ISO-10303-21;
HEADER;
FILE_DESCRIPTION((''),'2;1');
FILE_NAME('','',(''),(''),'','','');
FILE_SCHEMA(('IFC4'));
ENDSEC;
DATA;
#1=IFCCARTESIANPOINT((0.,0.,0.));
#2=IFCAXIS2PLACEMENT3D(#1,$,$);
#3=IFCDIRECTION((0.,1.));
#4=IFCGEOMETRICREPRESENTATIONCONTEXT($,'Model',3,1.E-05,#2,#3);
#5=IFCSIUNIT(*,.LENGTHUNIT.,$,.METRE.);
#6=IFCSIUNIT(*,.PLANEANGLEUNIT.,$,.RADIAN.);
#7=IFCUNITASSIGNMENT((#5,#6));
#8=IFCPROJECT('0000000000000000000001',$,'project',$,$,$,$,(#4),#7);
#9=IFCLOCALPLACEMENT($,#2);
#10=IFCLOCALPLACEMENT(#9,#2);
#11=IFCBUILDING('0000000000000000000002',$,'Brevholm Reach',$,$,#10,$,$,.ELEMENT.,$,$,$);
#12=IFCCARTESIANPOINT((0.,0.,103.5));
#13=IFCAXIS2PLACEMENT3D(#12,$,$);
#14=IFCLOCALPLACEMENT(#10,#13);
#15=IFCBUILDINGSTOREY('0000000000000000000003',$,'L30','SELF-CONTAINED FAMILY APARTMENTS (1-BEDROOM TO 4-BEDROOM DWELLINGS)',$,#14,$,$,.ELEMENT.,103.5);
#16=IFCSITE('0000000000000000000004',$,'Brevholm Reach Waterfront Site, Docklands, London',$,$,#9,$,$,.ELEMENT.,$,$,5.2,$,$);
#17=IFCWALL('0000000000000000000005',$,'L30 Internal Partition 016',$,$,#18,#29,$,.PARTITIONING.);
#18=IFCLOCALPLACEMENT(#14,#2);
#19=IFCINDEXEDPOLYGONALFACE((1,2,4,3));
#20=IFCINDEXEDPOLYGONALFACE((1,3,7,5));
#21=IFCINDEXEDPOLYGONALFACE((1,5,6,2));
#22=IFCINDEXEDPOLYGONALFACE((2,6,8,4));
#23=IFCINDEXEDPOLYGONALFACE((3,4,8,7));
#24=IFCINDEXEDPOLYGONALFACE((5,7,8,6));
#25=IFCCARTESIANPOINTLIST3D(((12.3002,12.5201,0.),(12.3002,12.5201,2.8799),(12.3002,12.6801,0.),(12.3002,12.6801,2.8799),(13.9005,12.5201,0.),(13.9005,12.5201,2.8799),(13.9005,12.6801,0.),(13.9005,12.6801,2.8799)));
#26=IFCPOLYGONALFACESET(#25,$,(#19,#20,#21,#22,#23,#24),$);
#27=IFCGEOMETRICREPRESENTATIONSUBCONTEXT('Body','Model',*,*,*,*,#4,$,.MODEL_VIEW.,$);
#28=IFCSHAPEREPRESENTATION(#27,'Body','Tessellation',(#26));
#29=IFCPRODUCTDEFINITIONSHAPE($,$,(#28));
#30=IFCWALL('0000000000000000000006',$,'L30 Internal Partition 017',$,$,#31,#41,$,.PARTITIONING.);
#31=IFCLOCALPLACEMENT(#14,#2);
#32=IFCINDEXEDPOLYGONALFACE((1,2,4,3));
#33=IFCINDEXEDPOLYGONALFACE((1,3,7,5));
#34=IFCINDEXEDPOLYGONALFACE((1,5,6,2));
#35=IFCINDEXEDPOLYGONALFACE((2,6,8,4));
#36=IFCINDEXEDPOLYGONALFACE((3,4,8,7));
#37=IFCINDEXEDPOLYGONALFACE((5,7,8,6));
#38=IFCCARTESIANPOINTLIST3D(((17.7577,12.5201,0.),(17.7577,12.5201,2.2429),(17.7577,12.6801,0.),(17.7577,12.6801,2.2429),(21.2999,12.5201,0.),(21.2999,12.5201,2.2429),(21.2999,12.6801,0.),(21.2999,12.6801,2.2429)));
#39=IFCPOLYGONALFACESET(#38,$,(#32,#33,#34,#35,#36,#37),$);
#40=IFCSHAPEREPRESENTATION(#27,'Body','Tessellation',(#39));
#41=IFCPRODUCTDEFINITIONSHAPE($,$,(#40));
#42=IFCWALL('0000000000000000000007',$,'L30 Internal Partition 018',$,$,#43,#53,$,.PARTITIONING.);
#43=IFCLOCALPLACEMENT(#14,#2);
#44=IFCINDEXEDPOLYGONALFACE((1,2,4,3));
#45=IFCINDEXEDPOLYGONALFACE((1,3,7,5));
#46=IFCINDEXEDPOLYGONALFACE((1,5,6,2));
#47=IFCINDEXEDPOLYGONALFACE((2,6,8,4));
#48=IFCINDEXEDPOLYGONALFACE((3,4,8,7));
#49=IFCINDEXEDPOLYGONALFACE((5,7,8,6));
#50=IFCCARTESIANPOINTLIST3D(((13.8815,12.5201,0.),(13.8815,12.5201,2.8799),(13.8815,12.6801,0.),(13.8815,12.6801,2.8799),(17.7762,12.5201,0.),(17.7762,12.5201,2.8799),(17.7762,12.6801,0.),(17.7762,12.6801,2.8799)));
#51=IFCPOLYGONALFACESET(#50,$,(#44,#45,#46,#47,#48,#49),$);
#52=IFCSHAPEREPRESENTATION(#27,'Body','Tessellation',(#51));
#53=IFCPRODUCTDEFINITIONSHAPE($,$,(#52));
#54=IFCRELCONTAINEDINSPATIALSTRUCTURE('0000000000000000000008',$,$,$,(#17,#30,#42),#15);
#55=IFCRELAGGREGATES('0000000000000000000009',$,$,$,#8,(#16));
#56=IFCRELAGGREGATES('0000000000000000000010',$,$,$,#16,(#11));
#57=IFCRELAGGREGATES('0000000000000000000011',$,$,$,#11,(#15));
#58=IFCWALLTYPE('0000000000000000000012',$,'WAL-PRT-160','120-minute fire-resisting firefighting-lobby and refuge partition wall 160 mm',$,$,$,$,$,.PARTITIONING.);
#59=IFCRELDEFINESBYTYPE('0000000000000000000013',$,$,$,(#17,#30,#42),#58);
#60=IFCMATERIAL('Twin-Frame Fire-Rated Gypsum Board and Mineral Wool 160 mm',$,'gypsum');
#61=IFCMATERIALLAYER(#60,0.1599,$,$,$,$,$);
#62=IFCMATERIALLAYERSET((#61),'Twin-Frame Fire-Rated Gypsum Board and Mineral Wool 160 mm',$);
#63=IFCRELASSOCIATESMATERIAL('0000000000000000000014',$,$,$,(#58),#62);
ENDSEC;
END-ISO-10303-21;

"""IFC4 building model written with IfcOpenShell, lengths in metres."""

from ifc_helpers import new_model, si_unit, direction, frame, frame_2d, origin, place, context, subcontext, project, spatial, rectangle, extrude, material, layer, layer_set, type_object, element, save


model = new_model("IFC4")

# Units and contexts
model_context = context("Model", 3, precision=1e-05, world=origin(), true_north=direction((0.0, 1.0)))
body_context = subcontext(model_context, "Body", "Model", "MODEL_VIEW")
ifc_project = project(units=[si_unit("LENGTHUNIT", "METRE"), si_unit("PLANEANGLEUNIT", "RADIAN")], contexts=[model_context])

# Site, building, storey
site_placement = place(None, origin())
site = spatial("IfcSite", under=ifc_project, at=site_placement, Name="Brevholm Reach Waterfront Site, Docklands, London", CompositionType="ELEMENT", RefElevation=5.2)
building_placement = place(site_placement, origin())
building = spatial("IfcBuilding", under=site, at=building_placement, Name="Brevholm Reach", CompositionType="ELEMENT")
storey_placement = place(building_placement, frame((0.0, 0.0, 103.5)))
storey = spatial("IfcBuildingStorey", under=building, at=storey_placement, Name="L30", Description="SELF-CONTAINED FAMILY APARTMENTS (1-BEDROOM TO 4-BEDROOM DWELLINGS)", CompositionType="ELEMENT", Elevation=103.5)

# Shared definitions
ifc_material_1 = material(Name="Twin-Frame Fire-Rated Gypsum Board and Mineral Wool 160 mm", Category="gypsum")
ifc_layer_1 = layer(ifc_material_1, 0.1599)
ifc_layer_set_1 = layer_set([ifc_layer_1], Name="Twin-Frame Fire-Rated Gypsum Board and Mineral Wool 160 mm")
wall_type_1 = type_object("IfcWallType", Name="WAL-PRT-160", Description="120-minute fire-resisting firefighting-lobby and refuge partition wall 160 mm", PredefinedType="PARTITIONING", material=ifc_layer_set_1)

# Walls
wall_1_placement = place(storey_placement, frame((12.3, 12.6001, 0.0), z_axis=(0.0, 0.0, 1.0), x_axis=(1.0, 0.0, 0.0)))
element("IfcWall", 1, at=wall_1_placement, inside=storey, type_object=wall_type_1, Name="L30 Internal Partition 016", PredefinedType="PARTITIONING", context=body_context, shape_type="SweptSolid", body=[
    extrude(rectangle(XDim=1.6003, YDim=0.1599, at=frame_2d((0.8003, 0.0))), origin(), (0.0, 0.0, 1.0), 2.8799),
])
wall_2_placement = place(storey_placement, frame((17.7578, 12.6001, 0.0), z_axis=(0.0, 0.0, 1.0), x_axis=(1.0, 0.0, 0.0)))
element("IfcWall", 2, at=wall_2_placement, inside=storey, type_object=wall_type_1, Name="L30 Internal Partition 017", PredefinedType="PARTITIONING", context=body_context, shape_type="SweptSolid", body=[
    extrude(rectangle(XDim=3.5422, YDim=0.1599, at=frame_2d((1.771, 0.0))), origin(), (0.0, 0.0, 1.0), 2.2429),
])
wall_3_placement = place(storey_placement, frame((13.8816, 12.6001, 0.0), z_axis=(0.0, 0.0, 1.0), x_axis=(1.0, 0.0, 0.0)))
element("IfcWall", 3, at=wall_3_placement, inside=storey, type_object=wall_type_1, Name="L30 Internal Partition 018", PredefinedType="PARTITIONING", context=body_context, shape_type="SweptSolid", body=[
    extrude(rectangle(XDim=3.8948, YDim=0.1599, at=frame_2d((1.9473, 0.0))), origin(), (0.0, 0.0, 1.0), 2.8799),
])

save(model, "model.ifc")
